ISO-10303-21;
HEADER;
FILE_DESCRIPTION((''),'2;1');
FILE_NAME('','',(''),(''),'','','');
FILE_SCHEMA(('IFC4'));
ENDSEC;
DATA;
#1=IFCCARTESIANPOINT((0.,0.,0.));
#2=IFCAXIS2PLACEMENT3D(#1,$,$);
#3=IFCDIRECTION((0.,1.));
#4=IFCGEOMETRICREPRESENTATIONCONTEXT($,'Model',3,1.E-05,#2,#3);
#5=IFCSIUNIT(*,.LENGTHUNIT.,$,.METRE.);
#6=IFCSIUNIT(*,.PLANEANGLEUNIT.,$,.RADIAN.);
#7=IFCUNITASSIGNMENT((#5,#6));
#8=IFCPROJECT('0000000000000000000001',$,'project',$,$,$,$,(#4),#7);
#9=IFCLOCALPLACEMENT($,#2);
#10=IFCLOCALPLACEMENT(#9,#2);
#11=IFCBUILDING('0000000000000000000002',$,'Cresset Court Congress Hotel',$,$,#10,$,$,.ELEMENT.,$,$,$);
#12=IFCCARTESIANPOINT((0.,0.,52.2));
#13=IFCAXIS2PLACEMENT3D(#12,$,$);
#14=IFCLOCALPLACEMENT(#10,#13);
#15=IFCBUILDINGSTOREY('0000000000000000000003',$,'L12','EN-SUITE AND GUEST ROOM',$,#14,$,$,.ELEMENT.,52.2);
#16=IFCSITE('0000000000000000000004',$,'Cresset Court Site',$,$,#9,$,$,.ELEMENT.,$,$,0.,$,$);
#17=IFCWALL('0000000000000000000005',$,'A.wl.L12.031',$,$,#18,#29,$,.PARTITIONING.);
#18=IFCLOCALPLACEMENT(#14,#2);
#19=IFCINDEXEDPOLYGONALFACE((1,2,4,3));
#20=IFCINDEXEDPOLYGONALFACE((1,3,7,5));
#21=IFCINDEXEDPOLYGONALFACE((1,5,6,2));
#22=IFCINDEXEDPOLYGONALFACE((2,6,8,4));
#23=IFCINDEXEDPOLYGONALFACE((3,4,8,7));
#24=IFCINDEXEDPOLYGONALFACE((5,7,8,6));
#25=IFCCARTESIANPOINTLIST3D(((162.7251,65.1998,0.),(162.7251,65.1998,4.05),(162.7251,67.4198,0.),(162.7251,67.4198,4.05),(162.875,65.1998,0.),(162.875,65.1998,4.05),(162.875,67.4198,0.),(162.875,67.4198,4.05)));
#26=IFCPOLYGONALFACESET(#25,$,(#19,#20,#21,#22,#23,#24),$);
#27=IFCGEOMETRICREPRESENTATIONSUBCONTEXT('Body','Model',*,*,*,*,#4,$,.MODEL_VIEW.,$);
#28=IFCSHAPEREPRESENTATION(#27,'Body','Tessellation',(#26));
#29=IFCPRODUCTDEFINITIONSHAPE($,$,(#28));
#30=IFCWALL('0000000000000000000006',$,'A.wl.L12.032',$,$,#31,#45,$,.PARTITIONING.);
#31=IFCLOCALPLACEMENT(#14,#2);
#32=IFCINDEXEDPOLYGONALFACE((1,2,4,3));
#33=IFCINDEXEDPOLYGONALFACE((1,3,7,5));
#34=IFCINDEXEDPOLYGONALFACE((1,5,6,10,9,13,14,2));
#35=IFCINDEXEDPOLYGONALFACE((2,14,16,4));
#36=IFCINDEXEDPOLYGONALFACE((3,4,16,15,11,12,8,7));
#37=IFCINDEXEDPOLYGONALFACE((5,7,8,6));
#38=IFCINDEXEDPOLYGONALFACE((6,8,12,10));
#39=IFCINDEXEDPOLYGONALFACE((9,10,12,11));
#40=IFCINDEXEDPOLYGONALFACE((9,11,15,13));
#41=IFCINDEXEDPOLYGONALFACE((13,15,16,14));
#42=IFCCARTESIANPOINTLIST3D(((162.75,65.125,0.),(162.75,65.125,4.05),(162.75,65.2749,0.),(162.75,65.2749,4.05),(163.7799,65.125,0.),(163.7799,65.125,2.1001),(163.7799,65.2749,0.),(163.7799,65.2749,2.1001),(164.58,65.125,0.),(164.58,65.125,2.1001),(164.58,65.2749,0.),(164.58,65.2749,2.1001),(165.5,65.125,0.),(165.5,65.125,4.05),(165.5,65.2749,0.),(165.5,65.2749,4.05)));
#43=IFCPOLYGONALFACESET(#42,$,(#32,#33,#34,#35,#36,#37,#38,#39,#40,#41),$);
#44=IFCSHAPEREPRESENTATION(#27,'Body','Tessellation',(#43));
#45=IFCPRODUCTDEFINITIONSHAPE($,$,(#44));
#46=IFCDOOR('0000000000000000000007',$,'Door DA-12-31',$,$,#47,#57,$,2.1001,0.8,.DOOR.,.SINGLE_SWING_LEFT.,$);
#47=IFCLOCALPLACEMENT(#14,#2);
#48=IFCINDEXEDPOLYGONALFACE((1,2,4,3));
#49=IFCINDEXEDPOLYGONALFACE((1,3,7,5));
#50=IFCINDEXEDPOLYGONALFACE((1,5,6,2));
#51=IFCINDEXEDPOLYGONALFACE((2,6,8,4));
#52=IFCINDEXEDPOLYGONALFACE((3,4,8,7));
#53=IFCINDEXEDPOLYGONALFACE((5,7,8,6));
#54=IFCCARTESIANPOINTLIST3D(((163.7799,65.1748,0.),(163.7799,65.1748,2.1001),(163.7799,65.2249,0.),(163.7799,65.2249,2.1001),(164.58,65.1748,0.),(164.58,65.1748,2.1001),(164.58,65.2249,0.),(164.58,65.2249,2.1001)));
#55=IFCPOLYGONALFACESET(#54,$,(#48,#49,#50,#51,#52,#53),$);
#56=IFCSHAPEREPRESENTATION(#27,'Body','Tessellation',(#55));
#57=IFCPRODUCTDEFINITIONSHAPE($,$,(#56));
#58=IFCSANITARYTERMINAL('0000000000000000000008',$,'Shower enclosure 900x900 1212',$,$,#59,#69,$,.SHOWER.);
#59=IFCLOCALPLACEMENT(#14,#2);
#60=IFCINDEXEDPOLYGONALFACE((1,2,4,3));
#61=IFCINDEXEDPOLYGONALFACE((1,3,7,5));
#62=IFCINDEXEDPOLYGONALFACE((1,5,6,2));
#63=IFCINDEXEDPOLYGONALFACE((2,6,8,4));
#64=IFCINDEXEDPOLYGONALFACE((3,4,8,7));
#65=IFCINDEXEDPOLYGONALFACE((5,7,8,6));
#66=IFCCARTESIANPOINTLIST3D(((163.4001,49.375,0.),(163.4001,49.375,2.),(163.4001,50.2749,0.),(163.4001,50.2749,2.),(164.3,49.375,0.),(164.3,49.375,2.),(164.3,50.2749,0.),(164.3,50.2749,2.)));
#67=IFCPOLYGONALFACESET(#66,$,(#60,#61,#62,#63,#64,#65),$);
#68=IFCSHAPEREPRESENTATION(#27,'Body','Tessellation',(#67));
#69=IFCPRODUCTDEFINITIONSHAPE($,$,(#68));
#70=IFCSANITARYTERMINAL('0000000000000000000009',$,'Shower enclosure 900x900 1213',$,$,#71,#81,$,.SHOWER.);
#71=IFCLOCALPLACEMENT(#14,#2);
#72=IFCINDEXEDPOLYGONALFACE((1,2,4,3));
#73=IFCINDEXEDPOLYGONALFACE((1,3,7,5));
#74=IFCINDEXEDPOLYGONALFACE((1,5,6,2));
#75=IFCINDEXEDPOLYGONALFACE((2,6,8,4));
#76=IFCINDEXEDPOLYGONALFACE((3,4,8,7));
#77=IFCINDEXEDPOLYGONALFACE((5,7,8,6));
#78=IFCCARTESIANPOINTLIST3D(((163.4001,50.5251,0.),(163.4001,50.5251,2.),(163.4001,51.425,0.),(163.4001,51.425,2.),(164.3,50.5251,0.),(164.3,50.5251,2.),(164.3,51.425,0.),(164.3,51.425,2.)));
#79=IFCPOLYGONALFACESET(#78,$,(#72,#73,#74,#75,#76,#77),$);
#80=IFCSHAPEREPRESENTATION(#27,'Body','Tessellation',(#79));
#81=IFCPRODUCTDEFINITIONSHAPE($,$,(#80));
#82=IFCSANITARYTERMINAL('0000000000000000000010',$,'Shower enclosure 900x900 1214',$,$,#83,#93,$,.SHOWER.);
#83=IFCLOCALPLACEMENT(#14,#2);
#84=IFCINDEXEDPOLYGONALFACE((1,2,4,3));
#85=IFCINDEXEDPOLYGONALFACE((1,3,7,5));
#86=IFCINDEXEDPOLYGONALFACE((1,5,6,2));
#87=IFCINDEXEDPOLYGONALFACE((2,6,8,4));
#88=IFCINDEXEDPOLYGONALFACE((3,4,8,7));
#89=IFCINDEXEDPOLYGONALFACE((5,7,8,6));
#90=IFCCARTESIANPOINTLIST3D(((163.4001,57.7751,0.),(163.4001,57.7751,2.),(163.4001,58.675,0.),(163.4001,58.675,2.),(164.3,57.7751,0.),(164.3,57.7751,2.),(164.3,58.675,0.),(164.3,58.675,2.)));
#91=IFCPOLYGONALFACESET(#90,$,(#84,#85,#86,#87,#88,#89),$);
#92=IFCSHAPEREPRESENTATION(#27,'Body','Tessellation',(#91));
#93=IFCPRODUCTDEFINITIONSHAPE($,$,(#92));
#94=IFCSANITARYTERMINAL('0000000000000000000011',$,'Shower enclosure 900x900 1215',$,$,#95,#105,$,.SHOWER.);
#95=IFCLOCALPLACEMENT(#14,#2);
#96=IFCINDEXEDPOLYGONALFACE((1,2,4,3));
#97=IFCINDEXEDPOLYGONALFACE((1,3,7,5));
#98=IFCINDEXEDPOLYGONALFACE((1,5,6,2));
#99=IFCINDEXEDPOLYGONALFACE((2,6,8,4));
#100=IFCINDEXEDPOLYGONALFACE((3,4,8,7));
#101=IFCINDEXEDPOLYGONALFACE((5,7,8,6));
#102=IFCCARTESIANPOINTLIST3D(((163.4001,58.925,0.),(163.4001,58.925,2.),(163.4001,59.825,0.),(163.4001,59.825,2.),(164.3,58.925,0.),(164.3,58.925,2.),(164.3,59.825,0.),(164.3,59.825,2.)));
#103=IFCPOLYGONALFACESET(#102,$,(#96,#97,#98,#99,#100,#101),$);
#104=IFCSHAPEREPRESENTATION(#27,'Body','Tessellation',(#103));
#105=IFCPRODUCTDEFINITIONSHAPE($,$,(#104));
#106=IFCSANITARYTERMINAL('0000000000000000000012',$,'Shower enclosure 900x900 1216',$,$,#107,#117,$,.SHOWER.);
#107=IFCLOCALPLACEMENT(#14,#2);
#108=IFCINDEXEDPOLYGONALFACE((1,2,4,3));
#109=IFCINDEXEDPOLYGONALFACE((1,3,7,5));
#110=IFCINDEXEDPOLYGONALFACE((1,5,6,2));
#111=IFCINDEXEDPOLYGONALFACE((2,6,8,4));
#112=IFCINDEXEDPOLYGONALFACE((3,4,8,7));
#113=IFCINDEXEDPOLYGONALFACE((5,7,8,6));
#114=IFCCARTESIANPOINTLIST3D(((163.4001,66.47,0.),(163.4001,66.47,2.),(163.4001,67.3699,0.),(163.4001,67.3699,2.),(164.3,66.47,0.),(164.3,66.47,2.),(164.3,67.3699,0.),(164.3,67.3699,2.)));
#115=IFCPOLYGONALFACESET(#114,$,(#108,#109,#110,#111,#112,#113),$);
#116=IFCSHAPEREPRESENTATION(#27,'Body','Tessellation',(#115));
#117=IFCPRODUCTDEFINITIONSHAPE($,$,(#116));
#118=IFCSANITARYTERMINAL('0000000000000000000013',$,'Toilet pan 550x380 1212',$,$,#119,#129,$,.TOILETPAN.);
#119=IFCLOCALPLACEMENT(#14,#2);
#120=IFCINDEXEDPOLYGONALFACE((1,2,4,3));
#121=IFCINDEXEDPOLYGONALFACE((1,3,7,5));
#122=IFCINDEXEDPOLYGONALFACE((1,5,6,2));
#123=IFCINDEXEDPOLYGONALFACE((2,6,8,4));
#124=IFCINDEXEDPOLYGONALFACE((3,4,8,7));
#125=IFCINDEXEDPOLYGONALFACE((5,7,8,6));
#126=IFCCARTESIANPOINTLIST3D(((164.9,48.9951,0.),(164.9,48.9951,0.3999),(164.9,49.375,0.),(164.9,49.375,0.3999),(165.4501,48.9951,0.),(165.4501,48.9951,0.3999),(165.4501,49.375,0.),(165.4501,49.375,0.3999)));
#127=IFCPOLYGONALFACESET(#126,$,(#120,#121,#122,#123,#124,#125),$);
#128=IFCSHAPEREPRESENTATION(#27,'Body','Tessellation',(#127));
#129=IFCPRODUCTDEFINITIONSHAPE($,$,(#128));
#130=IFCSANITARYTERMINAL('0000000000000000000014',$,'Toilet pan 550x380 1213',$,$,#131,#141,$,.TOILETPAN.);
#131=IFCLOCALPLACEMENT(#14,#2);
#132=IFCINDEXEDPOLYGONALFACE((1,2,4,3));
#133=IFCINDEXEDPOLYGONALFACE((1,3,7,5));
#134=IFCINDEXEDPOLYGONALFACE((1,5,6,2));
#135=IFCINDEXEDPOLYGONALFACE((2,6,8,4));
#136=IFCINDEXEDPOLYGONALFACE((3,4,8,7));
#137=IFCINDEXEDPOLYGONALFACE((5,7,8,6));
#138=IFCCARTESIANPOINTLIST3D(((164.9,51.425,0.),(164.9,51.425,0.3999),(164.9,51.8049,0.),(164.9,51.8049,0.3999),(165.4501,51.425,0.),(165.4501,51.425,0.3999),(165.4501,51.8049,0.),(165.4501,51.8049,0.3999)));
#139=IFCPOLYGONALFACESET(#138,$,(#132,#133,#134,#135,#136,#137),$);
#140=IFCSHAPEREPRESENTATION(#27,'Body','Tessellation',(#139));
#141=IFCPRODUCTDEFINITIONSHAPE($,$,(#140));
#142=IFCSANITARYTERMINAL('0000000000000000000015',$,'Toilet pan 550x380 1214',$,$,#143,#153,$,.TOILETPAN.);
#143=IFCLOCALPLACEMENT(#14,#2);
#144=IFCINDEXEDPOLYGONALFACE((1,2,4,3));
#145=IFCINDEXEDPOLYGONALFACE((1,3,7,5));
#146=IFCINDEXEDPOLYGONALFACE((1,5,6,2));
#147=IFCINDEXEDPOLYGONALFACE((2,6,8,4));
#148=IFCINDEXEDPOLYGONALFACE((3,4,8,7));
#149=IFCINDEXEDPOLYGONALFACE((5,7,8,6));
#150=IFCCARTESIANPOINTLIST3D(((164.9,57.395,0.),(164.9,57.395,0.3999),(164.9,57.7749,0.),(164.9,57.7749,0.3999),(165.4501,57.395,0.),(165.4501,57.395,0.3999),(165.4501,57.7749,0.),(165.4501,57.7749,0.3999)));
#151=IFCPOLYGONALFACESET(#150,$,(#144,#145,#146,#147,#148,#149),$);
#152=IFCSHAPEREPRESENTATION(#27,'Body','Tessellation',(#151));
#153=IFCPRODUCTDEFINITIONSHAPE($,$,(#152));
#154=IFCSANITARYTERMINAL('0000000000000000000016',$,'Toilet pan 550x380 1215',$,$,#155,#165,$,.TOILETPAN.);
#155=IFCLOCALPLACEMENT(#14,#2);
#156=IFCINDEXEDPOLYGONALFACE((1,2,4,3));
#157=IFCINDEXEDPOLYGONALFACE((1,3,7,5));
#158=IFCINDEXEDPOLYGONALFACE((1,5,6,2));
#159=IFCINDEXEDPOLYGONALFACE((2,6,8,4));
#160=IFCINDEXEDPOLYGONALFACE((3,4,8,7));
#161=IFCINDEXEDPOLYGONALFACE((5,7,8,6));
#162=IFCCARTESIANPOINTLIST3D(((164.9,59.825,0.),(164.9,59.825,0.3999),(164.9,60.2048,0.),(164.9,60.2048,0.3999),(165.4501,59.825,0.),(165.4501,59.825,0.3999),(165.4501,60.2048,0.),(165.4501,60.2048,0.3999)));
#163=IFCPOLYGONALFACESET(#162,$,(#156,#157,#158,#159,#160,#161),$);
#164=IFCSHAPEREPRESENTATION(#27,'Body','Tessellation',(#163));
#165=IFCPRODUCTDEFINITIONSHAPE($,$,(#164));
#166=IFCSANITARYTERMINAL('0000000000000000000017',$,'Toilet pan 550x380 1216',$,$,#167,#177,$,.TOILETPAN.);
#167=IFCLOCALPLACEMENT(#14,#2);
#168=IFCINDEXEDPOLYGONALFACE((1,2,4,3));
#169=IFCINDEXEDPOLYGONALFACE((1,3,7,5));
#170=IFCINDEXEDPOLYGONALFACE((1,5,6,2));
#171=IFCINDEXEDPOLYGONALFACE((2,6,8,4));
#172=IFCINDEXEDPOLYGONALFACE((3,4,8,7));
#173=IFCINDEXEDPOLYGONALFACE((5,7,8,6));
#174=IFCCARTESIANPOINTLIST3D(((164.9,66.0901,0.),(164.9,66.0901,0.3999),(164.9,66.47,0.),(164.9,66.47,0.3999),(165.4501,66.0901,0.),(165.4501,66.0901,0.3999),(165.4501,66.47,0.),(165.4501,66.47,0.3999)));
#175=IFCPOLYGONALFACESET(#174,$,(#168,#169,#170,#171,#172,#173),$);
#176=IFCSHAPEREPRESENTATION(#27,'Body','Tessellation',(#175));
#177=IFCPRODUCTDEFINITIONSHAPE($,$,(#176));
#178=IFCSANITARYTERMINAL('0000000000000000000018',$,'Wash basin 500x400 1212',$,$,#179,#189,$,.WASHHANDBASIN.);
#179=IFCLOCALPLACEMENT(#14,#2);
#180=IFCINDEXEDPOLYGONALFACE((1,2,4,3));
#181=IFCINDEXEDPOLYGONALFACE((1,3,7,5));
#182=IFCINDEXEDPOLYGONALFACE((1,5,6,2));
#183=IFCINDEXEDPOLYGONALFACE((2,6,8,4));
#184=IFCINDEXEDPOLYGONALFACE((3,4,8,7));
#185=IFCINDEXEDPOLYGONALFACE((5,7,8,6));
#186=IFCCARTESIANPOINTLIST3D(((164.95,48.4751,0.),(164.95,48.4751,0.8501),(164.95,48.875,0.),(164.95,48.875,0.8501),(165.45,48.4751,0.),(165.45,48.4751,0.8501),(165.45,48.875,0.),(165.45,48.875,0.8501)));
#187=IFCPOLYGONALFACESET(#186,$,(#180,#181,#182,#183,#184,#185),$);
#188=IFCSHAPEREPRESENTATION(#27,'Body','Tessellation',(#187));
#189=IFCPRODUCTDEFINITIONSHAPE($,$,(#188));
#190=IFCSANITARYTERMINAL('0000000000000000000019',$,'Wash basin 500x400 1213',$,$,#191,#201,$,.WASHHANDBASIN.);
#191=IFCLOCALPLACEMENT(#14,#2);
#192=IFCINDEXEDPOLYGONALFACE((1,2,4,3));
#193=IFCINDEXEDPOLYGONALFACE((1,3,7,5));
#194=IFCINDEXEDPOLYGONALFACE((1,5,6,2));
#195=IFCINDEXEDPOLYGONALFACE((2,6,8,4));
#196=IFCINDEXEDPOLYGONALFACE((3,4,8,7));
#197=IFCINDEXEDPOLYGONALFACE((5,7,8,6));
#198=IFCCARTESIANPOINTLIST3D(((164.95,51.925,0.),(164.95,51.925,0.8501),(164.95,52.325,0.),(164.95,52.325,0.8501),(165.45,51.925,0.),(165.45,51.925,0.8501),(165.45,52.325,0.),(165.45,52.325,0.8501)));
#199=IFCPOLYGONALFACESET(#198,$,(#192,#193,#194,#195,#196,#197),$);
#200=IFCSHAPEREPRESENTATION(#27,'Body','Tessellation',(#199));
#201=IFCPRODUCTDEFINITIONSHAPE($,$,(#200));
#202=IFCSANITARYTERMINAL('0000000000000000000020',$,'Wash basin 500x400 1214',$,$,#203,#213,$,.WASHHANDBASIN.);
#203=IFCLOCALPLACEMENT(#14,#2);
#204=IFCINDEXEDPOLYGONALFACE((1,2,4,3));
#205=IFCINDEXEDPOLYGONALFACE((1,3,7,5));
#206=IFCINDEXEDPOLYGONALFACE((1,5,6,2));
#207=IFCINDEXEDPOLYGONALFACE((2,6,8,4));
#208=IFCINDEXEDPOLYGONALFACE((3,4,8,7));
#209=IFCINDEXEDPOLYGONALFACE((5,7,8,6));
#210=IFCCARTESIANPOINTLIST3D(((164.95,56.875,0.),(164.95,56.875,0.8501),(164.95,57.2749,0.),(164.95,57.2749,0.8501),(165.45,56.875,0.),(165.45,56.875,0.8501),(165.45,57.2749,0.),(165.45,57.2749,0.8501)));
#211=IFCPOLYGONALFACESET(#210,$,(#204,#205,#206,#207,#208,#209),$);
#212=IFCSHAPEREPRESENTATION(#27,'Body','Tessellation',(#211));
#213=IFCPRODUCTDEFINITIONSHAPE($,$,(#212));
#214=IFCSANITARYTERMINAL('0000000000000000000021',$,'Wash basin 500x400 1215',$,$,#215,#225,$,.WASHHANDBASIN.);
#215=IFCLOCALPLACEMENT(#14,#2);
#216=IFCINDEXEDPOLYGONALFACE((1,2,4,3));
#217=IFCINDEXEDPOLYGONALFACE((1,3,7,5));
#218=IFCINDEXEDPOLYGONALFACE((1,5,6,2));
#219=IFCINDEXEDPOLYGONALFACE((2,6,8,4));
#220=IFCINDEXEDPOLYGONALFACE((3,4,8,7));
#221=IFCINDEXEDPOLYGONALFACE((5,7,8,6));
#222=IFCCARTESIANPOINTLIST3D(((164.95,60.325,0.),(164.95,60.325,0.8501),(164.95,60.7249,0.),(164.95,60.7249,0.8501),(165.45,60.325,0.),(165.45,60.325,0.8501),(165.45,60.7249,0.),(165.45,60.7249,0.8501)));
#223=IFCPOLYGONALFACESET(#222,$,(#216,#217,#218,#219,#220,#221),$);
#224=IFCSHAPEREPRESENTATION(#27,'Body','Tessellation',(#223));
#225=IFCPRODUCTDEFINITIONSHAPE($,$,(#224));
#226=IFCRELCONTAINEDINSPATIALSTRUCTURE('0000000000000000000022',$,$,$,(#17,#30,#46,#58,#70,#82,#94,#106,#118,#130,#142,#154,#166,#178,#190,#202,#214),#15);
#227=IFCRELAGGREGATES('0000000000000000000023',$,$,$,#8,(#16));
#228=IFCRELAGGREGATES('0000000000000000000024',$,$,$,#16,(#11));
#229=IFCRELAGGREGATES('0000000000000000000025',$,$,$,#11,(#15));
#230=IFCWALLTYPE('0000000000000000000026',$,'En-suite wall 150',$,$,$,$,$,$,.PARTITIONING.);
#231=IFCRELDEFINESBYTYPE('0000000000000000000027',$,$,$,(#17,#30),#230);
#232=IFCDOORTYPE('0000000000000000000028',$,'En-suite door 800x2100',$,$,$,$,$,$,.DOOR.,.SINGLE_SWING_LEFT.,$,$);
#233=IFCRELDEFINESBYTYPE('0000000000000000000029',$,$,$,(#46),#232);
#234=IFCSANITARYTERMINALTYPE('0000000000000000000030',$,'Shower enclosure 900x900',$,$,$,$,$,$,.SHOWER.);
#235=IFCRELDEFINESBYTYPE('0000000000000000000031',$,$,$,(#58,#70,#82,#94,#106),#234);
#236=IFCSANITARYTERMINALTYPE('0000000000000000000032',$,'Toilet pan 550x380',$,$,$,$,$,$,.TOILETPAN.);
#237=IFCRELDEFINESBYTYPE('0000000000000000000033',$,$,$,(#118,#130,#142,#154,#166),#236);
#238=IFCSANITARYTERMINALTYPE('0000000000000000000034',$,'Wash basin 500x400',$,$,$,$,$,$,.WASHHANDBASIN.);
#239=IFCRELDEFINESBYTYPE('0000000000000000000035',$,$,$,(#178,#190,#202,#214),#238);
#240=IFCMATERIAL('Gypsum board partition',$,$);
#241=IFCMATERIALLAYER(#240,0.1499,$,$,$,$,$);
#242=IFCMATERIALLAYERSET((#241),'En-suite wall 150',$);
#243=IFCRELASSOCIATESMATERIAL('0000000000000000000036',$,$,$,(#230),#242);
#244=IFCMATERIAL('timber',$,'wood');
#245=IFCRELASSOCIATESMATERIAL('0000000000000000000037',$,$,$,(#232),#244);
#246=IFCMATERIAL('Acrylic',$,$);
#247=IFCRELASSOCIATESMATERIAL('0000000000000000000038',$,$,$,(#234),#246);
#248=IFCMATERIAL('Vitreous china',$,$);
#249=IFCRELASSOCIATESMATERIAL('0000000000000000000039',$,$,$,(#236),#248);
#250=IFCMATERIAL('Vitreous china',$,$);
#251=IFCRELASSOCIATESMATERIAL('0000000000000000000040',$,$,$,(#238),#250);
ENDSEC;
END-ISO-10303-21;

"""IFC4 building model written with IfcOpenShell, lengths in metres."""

from ifc_helpers import new_model, si_unit, direction, frame, frame_2d, origin, origin_2d, place, context, subcontext, project, spatial, rectangle, extrude, material, layer, layer_set, type_object, element, fill, save


model = new_model("IFC4")

# Units and contexts
model_context = context("Model", 3, precision=1e-05, world=origin(), true_north=direction((0.0, 1.0)))
body_context = subcontext(model_context, "Body", "Model", "MODEL_VIEW")
ifc_project = project(units=[si_unit("LENGTHUNIT", "METRE"), si_unit("PLANEANGLEUNIT", "RADIAN")], contexts=[model_context])

# Site, building, storey
site_placement = place(None, origin())
site = spatial("IfcSite", under=ifc_project, at=site_placement, Name="Cresset Court Site", CompositionType="ELEMENT", RefElevation=0.0)
building_placement = place(site_placement, origin())
building = spatial("IfcBuilding", under=site, at=building_placement, Name="Cresset Court Congress Hotel", CompositionType="ELEMENT")
storey_placement = place(building_placement, frame((0.0, 0.0, 52.2)))
storey = spatial("IfcBuildingStorey", under=building, at=storey_placement, Name="L12", Description="EN-SUITE AND GUEST ROOM", CompositionType="ELEMENT", Elevation=52.2)

# Shared definitions
ifc_material_1 = material(Name="Gypsum board partition")
ifc_layer = layer(ifc_material_1, 0.1499)
ifc_layer_set = layer_set([ifc_layer], Name="En-suite wall 150")
wall_type = type_object("IfcWallType", Name="En-suite wall 150", PredefinedType="PARTITIONING", material=ifc_layer_set)

# Shared definitions
ifc_material_2 = material(Name="timber", Category="wood")
door_type = type_object("IfcDoorType", Name="En-suite door 800x2100", OperationType="SINGLE_SWING_LEFT", PredefinedType="DOOR", material=ifc_material_2)

# Wall
wall_1_placement = place(storey_placement, frame((162.8, 65.2, 0.0), z_axis=(0.0, 0.0, 1.0), x_axis=(0.0, 1.0, 0.0)))
element("IfcWall", 1, at=wall_1_placement, inside=storey, type_object=wall_type, Name="A.wl.L12.031", PredefinedType="PARTITIONING", context=body_context, shape_type="SweptSolid", body=[
    extrude(rectangle(XDim=2.22, YDim=0.1499, at=frame_2d((1.1099, 0.0))), origin(), (0.0, 0.0, 1.0), 4.05),
])

# Wall, opening, door
wall_2_placement = place(storey_placement, frame((162.75, 65.2, 0.0), z_axis=(0.0, 0.0, 1.0), x_axis=(1.0, 0.0, 0.0)))
wall_2 = element("IfcWall", 2, at=wall_2_placement, inside=storey, type_object=wall_type, Name="A.wl.L12.032", PredefinedType="PARTITIONING", context=body_context, shape_type="SweptSolid", body=[
    extrude(rectangle(XDim=2.75, YDim=0.1499, at=frame_2d((1.375, 0.0))), origin(), (0.0, 0.0, 1.0), 4.05),
])
opening_1_placement = place(wall_2_placement, frame((1.03, 0.0, 0.0)))
opening_1 = element("IfcOpeningElement", 3, at=opening_1_placement, cuts=wall_2, PredefinedType="OPENING", context=body_context, shape_type="SweptSolid", body=[
    extrude(rectangle(XDim=0.8, YDim=2.1001, at=frame_2d((0.3999, 1.05))), frame((0.0, 0.085, 0.0), z_axis=(0.0, -1.0, 0.0), x_axis=(1.0, 0.0, 0.0)), (0.0, 0.0, 1.0), 0.1699),
])
door_1_placement = place(opening_1_placement, origin())
door_1 = element("IfcDoor", 4, at=door_1_placement, inside=storey, type_object=door_type, Name="Door DA-12-31", OperationType="SINGLE_SWING_LEFT", OverallHeight=2.1001, OverallWidth=0.8, PredefinedType="DOOR", context=body_context, shape_type="SweptSolid", body=[
    extrude(rectangle(XDim=0.8, YDim=2.1001, at=frame_2d((0.3999, 1.05))), frame((0.0, 0.0249, 0.0), z_axis=(0.0, -1.0, 0.0), x_axis=(1.0, 0.0, 0.0)), (0.0, 0.0, 1.0), 0.05),
])
fill(opening_1, door_1)

# Sanitary terminals
ifc_material_3 = material(Name="Acrylic")
sanitary_terminal_type_1 = type_object("IfcSanitaryTerminalType", Name="Shower enclosure 900x900", PredefinedType="SHOWER", material=ifc_material_3)
for number, where, z_axis, x_axis, name in (
    (5, (163.8501, 49.825, 0.0), (0.0, 0.0, 1.0), (1.0, 0.0, 0.0), "Shower enclosure 900x900 1212"),
    (6, (163.8501, 50.9751, 0.0), (0.0, 0.0, 1.0), (1.0, 0.0, 0.0), "Shower enclosure 900x900 1213"),
    (7, (163.8501, 58.2251, 0.0), (0.0, 0.0, 1.0), (1.0, 0.0, 0.0), "Shower enclosure 900x900 1214"),
    (8, (163.8501, 59.375, 0.0), (0.0, 0.0, 1.0), (1.0, 0.0, 0.0), "Shower enclosure 900x900 1215"),
    (9, (163.8501, 66.9199, 0.0), (0.0, 0.0, 1.0), (1.0, 0.0, 0.0), "Shower enclosure 900x900 1216"),
):
    element("IfcSanitaryTerminal", number, at=place(storey_placement, frame(where, z_axis=z_axis, x_axis=x_axis)), inside=storey, type_object=sanitary_terminal_type_1, Name=name, PredefinedType="SHOWER", context=body_context, shape_type="SweptSolid", body=[
        extrude(rectangle(XDim=0.8999, YDim=0.8999, at=origin_2d()), origin(), (0.0, 0.0, 1.0), 2.0),
    ])
ifc_material_4 = material(Name="Vitreous china")
sanitary_terminal_type_2 = type_object("IfcSanitaryTerminalType", Name="Toilet pan 550x380", PredefinedType="TOILETPAN", material=ifc_material_4)
for number, where, z_axis, x_axis, name in (
    (10, (165.175, 49.1851, 0.0), (0.0, 0.0, 1.0), (1.0, 0.0, 0.0), "Toilet pan 550x380 1212"),
    (11, (165.175, 51.615, 0.0), (0.0, 0.0, 1.0), (1.0, 0.0, 0.0), "Toilet pan 550x380 1213"),
    (12, (165.175, 57.585, 0.0), (0.0, 0.0, 1.0), (1.0, 0.0, 0.0), "Toilet pan 550x380 1214"),
    (13, (165.175, 60.0149, 0.0), (0.0, 0.0, 1.0), (1.0, 0.0, 0.0), "Toilet pan 550x380 1215"),
    (14, (165.175, 66.28, 0.0), (0.0, 0.0, 1.0), (1.0, 0.0, 0.0), "Toilet pan 550x380 1216"),
):
    element("IfcSanitaryTerminal", number, at=place(storey_placement, frame(where, z_axis=z_axis, x_axis=x_axis)), inside=storey, type_object=sanitary_terminal_type_2, Name=name, PredefinedType="TOILETPAN", context=body_context, shape_type="SweptSolid", body=[
        extrude(rectangle(XDim=0.55, YDim=0.3799, at=origin_2d()), origin(), (0.0, 0.0, 1.0), 0.3999),
    ])
ifc_material_5 = material(Name="Vitreous china")
sanitary_terminal_type_3 = type_object("IfcSanitaryTerminalType", Name="Wash basin 500x400", PredefinedType="WASHHANDBASIN", material=ifc_material_5)
for number, where, z_axis, x_axis, name in (
    (15, (165.2, 48.675, 0.0), (0.0, 0.0, 1.0), (1.0, 0.0, 0.0), "Wash basin 500x400 1212"),
    (16, (165.2, 52.125, 0.0), (0.0, 0.0, 1.0), (1.0, 0.0, 0.0), "Wash basin 500x400 1213"),
    (17, (165.2, 57.075, 0.0), (0.0, 0.0, 1.0), (1.0, 0.0, 0.0), "Wash basin 500x400 1214"),
    (18, (165.2, 60.5249, 0.0), (0.0, 0.0, 1.0), (1.0, 0.0, 0.0), "Wash basin 500x400 1215"),
):
    element("IfcSanitaryTerminal", number, at=place(storey_placement, frame(where, z_axis=z_axis, x_axis=x_axis)), inside=storey, type_object=sanitary_terminal_type_3, Name=name, PredefinedType="WASHHANDBASIN", context=body_context, shape_type="SweptSolid", body=[
        extrude(rectangle(XDim=0.5, YDim=0.3999, at=origin_2d()), origin(), (0.0, 0.0, 1.0), 0.8501),
    ])

save(model, "model.ifc")
